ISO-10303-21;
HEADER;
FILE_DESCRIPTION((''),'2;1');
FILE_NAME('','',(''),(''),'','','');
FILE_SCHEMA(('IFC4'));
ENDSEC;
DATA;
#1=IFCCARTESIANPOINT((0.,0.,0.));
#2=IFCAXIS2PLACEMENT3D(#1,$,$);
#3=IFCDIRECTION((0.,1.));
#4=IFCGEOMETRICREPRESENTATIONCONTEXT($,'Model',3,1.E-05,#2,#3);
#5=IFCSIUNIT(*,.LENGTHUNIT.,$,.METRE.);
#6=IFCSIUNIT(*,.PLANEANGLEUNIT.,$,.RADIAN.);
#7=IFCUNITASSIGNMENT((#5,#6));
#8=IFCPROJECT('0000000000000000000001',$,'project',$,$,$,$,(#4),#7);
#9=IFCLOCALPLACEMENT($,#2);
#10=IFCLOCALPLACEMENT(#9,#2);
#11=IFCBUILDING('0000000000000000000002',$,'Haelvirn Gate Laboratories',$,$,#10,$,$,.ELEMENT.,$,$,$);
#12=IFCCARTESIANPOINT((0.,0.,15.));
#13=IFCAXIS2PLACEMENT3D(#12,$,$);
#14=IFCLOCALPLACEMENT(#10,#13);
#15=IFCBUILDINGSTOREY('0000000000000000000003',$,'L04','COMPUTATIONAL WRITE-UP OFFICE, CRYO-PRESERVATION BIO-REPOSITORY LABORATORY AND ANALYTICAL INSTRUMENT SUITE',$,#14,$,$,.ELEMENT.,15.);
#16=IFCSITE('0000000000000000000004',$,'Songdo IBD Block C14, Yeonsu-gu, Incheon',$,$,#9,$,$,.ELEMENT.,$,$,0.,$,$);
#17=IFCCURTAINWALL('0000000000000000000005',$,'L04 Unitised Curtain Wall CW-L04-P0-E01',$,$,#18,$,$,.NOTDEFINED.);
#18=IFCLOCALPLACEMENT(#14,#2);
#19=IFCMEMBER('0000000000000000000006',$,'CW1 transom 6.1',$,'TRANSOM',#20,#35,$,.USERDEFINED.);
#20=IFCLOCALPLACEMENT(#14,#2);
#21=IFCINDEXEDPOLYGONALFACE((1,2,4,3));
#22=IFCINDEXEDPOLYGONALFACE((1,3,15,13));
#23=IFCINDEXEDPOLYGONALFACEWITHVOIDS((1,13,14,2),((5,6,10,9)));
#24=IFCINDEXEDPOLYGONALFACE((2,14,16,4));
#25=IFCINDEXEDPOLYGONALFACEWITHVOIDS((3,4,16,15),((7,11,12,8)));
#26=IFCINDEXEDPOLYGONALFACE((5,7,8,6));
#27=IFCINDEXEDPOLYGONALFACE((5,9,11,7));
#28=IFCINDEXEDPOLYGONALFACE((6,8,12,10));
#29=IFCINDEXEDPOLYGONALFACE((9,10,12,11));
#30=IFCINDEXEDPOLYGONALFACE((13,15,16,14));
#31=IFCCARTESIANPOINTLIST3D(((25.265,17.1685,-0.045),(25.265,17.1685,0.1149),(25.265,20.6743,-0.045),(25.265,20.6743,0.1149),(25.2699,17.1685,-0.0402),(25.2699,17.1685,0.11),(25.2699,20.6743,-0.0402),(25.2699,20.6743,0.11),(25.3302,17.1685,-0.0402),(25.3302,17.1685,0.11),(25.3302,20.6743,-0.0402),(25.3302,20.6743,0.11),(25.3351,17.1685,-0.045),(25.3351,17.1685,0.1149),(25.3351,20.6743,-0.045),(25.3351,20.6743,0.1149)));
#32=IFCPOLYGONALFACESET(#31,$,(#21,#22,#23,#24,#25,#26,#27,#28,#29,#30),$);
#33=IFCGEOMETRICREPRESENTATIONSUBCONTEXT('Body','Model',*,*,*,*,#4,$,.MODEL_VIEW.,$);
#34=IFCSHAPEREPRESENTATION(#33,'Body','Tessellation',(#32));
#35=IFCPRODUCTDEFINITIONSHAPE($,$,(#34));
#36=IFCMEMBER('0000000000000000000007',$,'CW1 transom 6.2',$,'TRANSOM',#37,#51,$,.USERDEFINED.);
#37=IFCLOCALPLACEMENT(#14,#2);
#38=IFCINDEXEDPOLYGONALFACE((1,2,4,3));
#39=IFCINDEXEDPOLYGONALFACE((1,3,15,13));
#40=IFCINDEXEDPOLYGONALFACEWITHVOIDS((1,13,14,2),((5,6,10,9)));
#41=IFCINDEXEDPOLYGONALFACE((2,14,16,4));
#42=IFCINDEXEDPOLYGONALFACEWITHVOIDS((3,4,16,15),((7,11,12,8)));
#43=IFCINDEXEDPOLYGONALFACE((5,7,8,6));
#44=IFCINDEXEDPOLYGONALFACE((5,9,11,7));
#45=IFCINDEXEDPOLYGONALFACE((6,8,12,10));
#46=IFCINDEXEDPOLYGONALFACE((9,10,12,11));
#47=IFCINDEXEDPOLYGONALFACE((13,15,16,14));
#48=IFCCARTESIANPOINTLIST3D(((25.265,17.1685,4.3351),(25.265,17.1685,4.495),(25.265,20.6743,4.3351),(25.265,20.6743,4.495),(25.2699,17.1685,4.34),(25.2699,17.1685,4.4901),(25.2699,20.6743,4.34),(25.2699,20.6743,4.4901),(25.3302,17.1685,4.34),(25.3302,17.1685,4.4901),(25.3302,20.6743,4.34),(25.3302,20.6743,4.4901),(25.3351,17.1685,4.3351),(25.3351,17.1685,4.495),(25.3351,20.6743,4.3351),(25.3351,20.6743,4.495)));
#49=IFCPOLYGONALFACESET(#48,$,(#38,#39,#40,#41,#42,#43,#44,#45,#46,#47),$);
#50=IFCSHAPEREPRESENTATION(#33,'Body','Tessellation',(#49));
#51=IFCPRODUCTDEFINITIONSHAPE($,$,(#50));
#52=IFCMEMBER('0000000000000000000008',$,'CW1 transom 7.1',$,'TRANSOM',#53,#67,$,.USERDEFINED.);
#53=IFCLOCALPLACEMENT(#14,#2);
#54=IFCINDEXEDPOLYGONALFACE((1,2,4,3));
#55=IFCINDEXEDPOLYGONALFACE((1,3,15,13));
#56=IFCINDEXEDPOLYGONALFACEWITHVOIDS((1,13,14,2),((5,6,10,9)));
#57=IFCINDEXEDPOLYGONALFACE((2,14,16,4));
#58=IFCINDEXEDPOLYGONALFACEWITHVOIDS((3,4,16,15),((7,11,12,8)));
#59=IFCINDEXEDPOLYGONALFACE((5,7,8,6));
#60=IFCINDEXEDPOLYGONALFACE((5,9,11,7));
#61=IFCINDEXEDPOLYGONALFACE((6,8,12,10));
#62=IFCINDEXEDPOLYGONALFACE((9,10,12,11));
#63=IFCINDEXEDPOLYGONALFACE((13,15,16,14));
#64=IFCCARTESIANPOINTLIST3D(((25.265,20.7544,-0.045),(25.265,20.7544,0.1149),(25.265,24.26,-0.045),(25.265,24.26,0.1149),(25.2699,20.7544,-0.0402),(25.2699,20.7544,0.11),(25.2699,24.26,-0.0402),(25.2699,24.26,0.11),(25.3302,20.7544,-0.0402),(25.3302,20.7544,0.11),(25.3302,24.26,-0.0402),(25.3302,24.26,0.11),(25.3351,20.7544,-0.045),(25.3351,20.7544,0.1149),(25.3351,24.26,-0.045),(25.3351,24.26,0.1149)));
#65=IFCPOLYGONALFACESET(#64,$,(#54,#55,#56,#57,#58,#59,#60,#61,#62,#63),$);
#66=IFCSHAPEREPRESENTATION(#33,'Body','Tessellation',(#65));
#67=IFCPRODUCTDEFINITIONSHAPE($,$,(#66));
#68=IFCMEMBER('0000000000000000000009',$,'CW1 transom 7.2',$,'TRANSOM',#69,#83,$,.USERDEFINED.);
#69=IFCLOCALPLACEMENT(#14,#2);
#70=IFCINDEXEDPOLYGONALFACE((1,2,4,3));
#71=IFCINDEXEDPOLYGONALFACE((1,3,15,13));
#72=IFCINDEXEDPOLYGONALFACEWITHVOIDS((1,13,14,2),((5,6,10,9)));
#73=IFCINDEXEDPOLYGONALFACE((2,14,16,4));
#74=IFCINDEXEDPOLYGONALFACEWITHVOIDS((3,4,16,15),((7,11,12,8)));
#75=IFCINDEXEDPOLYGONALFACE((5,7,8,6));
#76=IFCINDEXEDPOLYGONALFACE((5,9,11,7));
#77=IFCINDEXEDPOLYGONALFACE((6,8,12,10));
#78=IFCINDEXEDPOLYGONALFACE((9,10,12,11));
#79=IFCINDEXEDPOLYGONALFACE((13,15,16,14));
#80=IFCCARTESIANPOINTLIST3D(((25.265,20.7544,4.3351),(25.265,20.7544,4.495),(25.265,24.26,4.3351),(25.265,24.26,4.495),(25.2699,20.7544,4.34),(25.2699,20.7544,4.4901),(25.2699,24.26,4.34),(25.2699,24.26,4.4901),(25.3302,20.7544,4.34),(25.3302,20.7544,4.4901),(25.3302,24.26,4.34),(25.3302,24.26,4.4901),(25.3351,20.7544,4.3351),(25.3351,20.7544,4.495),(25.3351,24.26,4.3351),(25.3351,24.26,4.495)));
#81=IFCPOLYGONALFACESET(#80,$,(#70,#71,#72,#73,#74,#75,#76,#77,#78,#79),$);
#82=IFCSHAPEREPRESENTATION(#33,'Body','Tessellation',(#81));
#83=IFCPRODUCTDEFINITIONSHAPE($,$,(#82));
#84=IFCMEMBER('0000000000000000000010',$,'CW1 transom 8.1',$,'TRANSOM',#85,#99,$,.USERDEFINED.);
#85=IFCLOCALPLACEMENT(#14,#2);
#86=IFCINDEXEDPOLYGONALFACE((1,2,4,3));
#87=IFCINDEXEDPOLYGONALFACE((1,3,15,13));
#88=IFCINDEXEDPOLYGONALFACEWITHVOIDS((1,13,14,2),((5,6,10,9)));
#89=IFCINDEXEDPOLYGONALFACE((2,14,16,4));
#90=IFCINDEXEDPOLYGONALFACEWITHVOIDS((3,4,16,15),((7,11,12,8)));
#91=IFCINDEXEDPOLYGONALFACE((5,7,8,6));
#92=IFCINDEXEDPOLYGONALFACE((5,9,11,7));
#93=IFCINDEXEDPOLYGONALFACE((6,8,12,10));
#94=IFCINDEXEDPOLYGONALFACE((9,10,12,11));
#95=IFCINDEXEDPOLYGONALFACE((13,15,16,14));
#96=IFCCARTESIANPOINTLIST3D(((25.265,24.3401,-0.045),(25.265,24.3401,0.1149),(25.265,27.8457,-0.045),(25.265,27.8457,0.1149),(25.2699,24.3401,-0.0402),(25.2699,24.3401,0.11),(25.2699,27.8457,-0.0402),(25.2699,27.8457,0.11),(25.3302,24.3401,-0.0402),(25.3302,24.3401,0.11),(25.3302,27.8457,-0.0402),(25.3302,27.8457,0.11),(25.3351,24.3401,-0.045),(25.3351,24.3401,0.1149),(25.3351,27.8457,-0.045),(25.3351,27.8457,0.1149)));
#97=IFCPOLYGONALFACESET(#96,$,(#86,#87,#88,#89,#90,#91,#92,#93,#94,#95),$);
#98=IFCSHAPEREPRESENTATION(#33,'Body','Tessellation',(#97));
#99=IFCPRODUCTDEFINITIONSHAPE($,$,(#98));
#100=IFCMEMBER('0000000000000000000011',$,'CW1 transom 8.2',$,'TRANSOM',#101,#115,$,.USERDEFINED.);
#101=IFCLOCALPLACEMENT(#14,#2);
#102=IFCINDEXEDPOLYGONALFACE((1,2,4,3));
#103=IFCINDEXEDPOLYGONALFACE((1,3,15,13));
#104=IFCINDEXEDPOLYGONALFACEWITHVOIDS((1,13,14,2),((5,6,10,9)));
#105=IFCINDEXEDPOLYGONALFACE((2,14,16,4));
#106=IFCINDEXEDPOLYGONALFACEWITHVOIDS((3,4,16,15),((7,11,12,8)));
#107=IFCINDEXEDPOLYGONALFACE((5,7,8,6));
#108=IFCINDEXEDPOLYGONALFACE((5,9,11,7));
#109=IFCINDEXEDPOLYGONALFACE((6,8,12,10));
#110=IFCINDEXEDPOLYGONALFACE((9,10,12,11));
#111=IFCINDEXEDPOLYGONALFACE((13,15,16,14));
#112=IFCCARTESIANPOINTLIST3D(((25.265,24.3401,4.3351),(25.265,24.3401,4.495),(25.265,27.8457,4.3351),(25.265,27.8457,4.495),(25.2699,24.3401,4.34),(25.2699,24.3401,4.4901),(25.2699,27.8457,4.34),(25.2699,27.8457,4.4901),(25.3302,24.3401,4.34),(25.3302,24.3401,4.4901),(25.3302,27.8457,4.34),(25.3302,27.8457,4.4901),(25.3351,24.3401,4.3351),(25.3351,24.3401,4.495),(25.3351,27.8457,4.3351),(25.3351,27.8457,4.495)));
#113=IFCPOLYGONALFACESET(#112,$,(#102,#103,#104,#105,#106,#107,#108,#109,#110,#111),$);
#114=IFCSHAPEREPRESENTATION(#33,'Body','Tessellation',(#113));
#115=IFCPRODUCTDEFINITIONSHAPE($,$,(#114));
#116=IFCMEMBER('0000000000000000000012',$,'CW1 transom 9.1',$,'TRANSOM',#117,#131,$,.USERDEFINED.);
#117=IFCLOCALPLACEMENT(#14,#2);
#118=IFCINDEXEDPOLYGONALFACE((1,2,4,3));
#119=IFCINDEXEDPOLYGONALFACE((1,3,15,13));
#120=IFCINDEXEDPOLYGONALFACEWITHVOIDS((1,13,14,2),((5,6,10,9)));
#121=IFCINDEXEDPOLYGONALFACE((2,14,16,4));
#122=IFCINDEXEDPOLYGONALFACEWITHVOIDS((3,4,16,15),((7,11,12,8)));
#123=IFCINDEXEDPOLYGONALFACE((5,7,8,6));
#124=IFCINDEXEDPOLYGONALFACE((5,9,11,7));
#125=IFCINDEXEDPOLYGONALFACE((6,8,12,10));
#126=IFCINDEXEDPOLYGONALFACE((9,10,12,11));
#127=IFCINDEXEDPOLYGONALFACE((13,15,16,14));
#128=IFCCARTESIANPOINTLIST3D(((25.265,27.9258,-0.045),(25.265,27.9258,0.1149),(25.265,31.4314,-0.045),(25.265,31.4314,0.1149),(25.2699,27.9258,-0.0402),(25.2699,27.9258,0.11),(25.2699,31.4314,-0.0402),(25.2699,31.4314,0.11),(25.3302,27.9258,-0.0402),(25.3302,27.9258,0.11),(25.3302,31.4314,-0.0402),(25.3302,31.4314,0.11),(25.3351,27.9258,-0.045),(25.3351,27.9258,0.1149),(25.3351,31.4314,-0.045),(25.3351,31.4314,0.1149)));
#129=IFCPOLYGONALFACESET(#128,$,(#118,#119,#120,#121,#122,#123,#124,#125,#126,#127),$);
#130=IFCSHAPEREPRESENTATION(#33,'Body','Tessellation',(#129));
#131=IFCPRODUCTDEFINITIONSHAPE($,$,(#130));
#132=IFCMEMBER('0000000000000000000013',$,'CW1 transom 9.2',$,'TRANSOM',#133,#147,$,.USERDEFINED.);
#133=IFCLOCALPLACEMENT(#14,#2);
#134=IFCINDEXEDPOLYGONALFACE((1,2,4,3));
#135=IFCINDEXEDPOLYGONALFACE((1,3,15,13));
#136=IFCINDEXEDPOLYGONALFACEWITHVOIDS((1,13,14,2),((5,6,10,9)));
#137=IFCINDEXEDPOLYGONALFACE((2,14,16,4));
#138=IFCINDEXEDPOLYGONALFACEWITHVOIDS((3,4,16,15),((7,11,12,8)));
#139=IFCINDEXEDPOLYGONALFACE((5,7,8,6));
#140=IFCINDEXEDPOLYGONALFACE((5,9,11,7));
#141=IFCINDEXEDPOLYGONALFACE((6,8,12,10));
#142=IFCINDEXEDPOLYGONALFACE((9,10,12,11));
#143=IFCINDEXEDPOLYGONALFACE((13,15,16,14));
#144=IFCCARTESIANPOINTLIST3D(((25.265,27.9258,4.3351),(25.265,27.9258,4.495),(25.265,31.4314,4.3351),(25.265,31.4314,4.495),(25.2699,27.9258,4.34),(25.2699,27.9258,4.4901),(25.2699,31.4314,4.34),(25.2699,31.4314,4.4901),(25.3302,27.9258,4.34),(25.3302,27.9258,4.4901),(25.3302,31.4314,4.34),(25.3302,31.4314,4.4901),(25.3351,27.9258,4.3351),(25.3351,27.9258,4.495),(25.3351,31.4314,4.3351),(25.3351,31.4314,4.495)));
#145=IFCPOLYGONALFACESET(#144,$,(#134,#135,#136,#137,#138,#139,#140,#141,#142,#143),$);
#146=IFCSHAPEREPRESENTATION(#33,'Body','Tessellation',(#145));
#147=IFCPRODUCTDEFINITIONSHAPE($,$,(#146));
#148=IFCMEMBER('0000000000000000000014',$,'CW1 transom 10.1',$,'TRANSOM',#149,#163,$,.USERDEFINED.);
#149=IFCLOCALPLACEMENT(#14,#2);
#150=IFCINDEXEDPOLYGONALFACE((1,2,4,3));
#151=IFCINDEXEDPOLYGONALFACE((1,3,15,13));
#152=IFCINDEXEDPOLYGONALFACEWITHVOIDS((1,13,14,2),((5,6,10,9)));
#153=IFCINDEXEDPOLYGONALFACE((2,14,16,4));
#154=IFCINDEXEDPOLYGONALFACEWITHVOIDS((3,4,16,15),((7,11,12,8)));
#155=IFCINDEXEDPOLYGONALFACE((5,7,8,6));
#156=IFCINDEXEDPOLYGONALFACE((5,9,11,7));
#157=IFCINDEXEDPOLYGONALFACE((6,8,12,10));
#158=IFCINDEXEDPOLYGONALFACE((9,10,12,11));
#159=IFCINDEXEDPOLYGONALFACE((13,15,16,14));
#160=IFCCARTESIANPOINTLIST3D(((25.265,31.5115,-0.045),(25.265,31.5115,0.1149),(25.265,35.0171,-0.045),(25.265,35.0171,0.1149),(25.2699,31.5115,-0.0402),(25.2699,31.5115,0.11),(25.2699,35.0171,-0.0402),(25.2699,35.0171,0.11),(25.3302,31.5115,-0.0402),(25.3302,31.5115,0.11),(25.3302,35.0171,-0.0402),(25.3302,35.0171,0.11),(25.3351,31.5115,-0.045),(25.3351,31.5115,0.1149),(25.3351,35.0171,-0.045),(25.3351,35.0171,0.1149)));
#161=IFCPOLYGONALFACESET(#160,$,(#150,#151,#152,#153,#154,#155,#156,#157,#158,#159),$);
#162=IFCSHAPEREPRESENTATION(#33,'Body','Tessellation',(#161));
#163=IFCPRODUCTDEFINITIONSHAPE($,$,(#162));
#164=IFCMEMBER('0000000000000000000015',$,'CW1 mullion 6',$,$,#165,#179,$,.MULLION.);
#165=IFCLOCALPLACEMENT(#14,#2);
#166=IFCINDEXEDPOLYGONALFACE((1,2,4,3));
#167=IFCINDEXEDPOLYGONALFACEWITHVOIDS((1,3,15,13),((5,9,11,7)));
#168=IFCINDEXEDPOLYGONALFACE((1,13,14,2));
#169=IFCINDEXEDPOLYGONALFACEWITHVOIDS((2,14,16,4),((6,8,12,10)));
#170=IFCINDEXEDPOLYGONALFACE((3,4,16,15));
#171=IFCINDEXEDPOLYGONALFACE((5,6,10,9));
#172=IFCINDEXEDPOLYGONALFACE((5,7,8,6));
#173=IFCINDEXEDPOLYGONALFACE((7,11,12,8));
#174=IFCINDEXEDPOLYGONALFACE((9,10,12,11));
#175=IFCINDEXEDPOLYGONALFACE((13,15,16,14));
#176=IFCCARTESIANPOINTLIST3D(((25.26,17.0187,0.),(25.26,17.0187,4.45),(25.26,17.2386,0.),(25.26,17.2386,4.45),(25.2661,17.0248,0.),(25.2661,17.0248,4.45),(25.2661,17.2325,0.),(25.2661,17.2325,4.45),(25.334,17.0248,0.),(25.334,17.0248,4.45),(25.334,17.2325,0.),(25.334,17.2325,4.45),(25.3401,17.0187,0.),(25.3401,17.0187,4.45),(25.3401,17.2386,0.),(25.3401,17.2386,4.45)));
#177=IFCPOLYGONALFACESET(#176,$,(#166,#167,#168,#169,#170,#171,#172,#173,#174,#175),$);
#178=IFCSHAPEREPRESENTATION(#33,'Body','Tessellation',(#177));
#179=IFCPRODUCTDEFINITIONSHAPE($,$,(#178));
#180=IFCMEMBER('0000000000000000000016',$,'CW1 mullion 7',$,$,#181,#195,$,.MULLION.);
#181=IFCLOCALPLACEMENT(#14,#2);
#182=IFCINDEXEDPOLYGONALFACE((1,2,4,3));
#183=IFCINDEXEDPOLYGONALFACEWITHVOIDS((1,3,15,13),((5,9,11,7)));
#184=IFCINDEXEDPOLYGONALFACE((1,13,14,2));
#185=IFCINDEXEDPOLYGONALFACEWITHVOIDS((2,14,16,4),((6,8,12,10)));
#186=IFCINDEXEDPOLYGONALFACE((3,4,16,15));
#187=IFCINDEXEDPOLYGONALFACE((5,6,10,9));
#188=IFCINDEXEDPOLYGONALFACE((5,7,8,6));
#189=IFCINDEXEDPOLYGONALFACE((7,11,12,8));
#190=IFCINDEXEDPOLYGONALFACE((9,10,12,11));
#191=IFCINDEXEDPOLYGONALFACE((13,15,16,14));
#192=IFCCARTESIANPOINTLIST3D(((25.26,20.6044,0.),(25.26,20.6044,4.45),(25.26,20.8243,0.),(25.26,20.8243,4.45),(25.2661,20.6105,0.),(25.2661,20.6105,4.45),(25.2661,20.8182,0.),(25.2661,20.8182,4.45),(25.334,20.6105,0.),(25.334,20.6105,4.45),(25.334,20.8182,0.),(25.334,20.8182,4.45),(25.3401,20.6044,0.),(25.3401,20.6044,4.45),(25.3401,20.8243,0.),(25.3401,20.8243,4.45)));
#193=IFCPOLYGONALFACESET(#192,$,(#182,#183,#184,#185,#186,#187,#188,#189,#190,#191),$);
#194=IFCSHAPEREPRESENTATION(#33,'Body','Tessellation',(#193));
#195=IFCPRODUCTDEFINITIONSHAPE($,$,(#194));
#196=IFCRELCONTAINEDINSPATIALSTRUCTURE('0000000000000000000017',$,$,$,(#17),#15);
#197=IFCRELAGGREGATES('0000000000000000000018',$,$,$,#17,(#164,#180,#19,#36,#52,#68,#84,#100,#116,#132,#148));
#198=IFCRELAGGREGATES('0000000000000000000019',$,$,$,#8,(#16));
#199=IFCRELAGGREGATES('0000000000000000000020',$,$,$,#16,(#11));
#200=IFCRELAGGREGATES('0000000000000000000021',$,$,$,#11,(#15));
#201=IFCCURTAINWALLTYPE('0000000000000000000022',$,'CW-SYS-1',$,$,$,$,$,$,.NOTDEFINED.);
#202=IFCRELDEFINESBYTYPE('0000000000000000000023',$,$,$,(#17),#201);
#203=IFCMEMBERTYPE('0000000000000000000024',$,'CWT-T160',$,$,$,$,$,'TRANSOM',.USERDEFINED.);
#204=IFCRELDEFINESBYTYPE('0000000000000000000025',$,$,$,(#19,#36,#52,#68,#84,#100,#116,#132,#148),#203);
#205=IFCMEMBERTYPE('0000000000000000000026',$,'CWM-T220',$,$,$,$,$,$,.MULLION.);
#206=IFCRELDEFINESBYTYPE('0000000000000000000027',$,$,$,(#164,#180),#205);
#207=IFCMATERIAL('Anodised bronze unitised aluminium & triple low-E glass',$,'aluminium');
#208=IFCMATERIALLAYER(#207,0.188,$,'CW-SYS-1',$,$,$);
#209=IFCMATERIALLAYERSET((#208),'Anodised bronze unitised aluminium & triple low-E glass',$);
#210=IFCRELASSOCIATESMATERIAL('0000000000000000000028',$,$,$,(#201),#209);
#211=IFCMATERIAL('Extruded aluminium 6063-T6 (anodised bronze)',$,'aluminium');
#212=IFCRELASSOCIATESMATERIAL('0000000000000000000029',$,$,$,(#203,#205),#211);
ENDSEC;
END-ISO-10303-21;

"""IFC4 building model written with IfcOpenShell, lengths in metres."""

from ifc_helpers import new_model, si_unit, direction, frame, origin, origin_2d, place, context, subcontext, project, spatial, hollow_rectangle, extrude, source, transform, mapped, material, layer, layer_set, material_profile, profile_set, type_object, type_shapes, element, aggregate, save


model = new_model("IFC4")

# Units and contexts
model_context = context("Model", 3, precision=1e-05, world=origin(), true_north=direction((0.0, 1.0)))
body_context = subcontext(model_context, "Body", "Model", "MODEL_VIEW")
ifc_project = project(units=[si_unit("LENGTHUNIT", "METRE"), si_unit("PLANEANGLEUNIT", "RADIAN")], contexts=[model_context])

# Site, building, storey
site_placement = place(None, origin())
site = spatial("IfcSite", under=ifc_project, at=site_placement, Name="Songdo IBD Block C14, Yeonsu-gu, Incheon", CompositionType="ELEMENT", RefElevation=0.0)
building_placement = place(site_placement, origin())
building = spatial("IfcBuilding", under=site, at=building_placement, Name="Haelvirn Gate Laboratories", CompositionType="ELEMENT")
storey_placement = place(building_placement, frame((0.0, 0.0, 15.0)))
storey = spatial("IfcBuildingStorey", under=building, at=storey_placement, Name="L04", Description="COMPUTATIONAL WRITE-UP OFFICE, CRYO-PRESERVATION BIO-REPOSITORY LABORATORY AND ANALYTICAL INSTRUMENT SUITE", CompositionType="ELEMENT", Elevation=15.0)

# Curtain wall, members
ifc_material_1 = material(Name="Anodised bronze unitised aluminium & triple low-E glass", Category="aluminium")
ifc_layer_1 = layer(ifc_material_1, 0.188, Name="CW-SYS-1")
ifc_layer_set_1 = layer_set([ifc_layer_1], Name="Anodised bronze unitised aluminium & triple low-E glass")
curtain_wall_type = type_object("IfcCurtainWallType", Name="CW-SYS-1", PredefinedType="NOTDEFINED", material=ifc_layer_set_1)
curtain_wall_placement = place(storey_placement, origin())
curtain_wall = element("IfcCurtainWall", 1, at=curtain_wall_placement, inside=storey, type_object=curtain_wall_type, Name="L04 Unitised Curtain Wall CW-L04-P0-E01", PredefinedType="NOTDEFINED")
ifc_material_2 = material(Name="Extruded aluminium 6063-T6 (anodised bronze)", Category="aluminium")
ifc_material_profile_1 = material_profile(ifc_material_2, hollow_rectangle(XDim=0.0701, YDim=0.1599, WallThickness=0.0049, at=origin_2d()), Name="CWT-160x70x5")
ifc_profile_set_1 = profile_set([ifc_material_profile_1], Name="Extruded aluminium 6063-T6 (anodised bronze)")
member_type_1 = type_object("IfcMemberType", Name="CWT-T160", ElementType="TRANSOM", PredefinedType="USERDEFINED", material=ifc_profile_set_1)
shared_shape_1 = source(origin(), body_context, "Body", "SweptSolid", [
    extrude(hollow_rectangle(XDim=0.0701, YDim=0.1599, WallThickness=0.0049, at=origin_2d()), origin(), (0.0, 0.0, 1.0), 3.5059),
])
member_1_placement = place(storey_placement, frame((25.3, 17.1685, 0.0349), z_axis=(0.0, 1.0, 0.0), x_axis=(-1.0, 0.0, 0.0)))
member_1 = element("IfcMember", 2, at=member_1_placement, type_object=member_type_1, Name="CW1 transom 6.1", ObjectType="TRANSOM", PredefinedType="USERDEFINED", context=body_context, shape_type="MappedRepresentation", body=[
    mapped(shared_shape_1, transform((0.0, 0.0, 0.0), scale=1.0)),
])
member_2_placement = place(storey_placement, frame((25.3, 17.1685, 4.415), z_axis=(0.0, 1.0, 0.0), x_axis=(-1.0, 0.0, 0.0)))
member_2 = element("IfcMember", 3, at=member_2_placement, type_object=member_type_1, Name="CW1 transom 6.2", ObjectType="TRANSOM", PredefinedType="USERDEFINED", context=body_context, shape_type="MappedRepresentation", body=[
    mapped(shared_shape_1, transform((0.0, 0.0, 0.0), scale=1.0)),
])
shared_shape_2 = source(origin(), body_context, "Body", "SweptSolid", [
    extrude(hollow_rectangle(XDim=0.0701, YDim=0.1599, WallThickness=0.0049, at=origin_2d()), origin(), (0.0, 0.0, 1.0), 3.5056),
])
type_shapes(member_type_1, [shared_shape_1, shared_shape_2])
member_3_placement = place(storey_placement, frame((25.3, 20.7544, 0.0349), z_axis=(0.0, 1.0, 0.0), x_axis=(-1.0, 0.0, 0.0)))
member_3 = element("IfcMember", 4, at=member_3_placement, type_object=member_type_1, Name="CW1 transom 7.1", ObjectType="TRANSOM", PredefinedType="USERDEFINED", context=body_context, shape_type="MappedRepresentation", body=[
    mapped(shared_shape_2, transform((0.0, 0.0, 0.0), scale=1.0)),
])
member_4_placement = place(storey_placement, frame((25.3, 20.7544, 4.415), z_axis=(0.0, 1.0, 0.0), x_axis=(-1.0, 0.0, 0.0)))
member_4 = element("IfcMember", 5, at=member_4_placement, type_object=member_type_1, Name="CW1 transom 7.2", ObjectType="TRANSOM", PredefinedType="USERDEFINED", context=body_context, shape_type="MappedRepresentation", body=[
    mapped(shared_shape_2, transform((0.0, 0.0, 0.0), scale=1.0)),
])
member_5_placement = place(storey_placement, frame((25.3, 24.3401, 0.0349), z_axis=(0.0, 1.0, 0.0), x_axis=(-1.0, 0.0, 0.0)))
member_5 = element("IfcMember", 6, at=member_5_placement, type_object=member_type_1, Name="CW1 transom 8.1", ObjectType="TRANSOM", PredefinedType="USERDEFINED", context=body_context, shape_type="MappedRepresentation", body=[
    mapped(shared_shape_2, transform((0.0, 0.0, 0.0), scale=1.0)),
])
member_6_placement = place(storey_placement, frame((25.3, 24.3401, 4.415), z_axis=(0.0, 1.0, 0.0), x_axis=(-1.0, 0.0, 0.0)))
member_6 = element("IfcMember", 7, at=member_6_placement, type_object=member_type_1, Name="CW1 transom 8.2", ObjectType="TRANSOM", PredefinedType="USERDEFINED", context=body_context, shape_type="MappedRepresentation", body=[
    mapped(shared_shape_2, transform((0.0, 0.0, 0.0), scale=1.0)),
])
member_7_placement = place(storey_placement, frame((25.3, 27.9258, 0.0349), z_axis=(0.0, 1.0, 0.0), x_axis=(-1.0, 0.0, 0.0)))
member_7 = element("IfcMember", 8, at=member_7_placement, type_object=member_type_1, Name="CW1 transom 9.1", ObjectType="TRANSOM", PredefinedType="USERDEFINED", context=body_context, shape_type="MappedRepresentation", body=[
    mapped(shared_shape_2, transform((0.0, 0.0, 0.0), scale=1.0)),
])
member_8_placement = place(storey_placement, frame((25.3, 27.9258, 4.415), z_axis=(0.0, 1.0, 0.0), x_axis=(-1.0, 0.0, 0.0)))
member_8 = element("IfcMember", 9, at=member_8_placement, type_object=member_type_1, Name="CW1 transom 9.2", ObjectType="TRANSOM", PredefinedType="USERDEFINED", context=body_context, shape_type="MappedRepresentation", body=[
    mapped(shared_shape_2, transform((0.0, 0.0, 0.0), scale=1.0)),
])
member_9_placement = place(storey_placement, frame((25.3, 31.5115, 0.0349), z_axis=(0.0, 1.0, 0.0), x_axis=(-1.0, 0.0, 0.0)))
member_9 = element("IfcMember", 10, at=member_9_placement, type_object=member_type_1, Name="CW1 transom 10.1", ObjectType="TRANSOM", PredefinedType="USERDEFINED", context=body_context, shape_type="MappedRepresentation", body=[
    mapped(shared_shape_2, transform((0.0, 0.0, 0.0), scale=1.0)),
])
ifc_material_profile_2 = material_profile(ifc_material_2, hollow_rectangle(XDim=0.0801, YDim=0.22, WallThickness=0.0061, at=origin_2d()), Name="CWM-220x80x6")
ifc_profile_set_2 = profile_set([ifc_material_profile_2], Name="Extruded aluminium 6063-T6 (anodised bronze)")
member_type_2 = type_object("IfcMemberType", Name="CWM-T220", PredefinedType="MULLION", material=ifc_profile_set_2)
shared_shape_3 = source(origin(), body_context, "Body", "SweptSolid", [
    extrude(hollow_rectangle(XDim=0.0801, YDim=0.22, WallThickness=0.0061, at=origin_2d()), origin(), (0.0, 0.0, 1.0), 4.45),
])
type_shapes(member_type_2, [shared_shape_3])
member_10_placement = place(storey_placement, frame((25.3, 17.1287, 0.0), z_axis=(0.0, 0.0, 1.0), x_axis=(-1.0, 0.0, 0.0)))
member_10 = element("IfcMember", 11, at=member_10_placement, type_object=member_type_2, Name="CW1 mullion 6", PredefinedType="MULLION", context=body_context, shape_type="MappedRepresentation", body=[
    mapped(shared_shape_3, transform((0.0, 0.0, 0.0), scale=1.0)),
])
member_11_placement = place(storey_placement, frame((25.3, 20.7144, 0.0), z_axis=(0.0, 0.0, 1.0), x_axis=(-1.0, 0.0, 0.0)))
member_11 = element("IfcMember", 12, at=member_11_placement, type_object=member_type_2, Name="CW1 mullion 7", PredefinedType="MULLION", context=body_context, shape_type="MappedRepresentation", body=[
    mapped(shared_shape_3, transform((0.0, 0.0, 0.0), scale=1.0)),
])
aggregate(curtain_wall, [member_10, member_11, member_1, member_2, member_3, member_4, member_5, member_6, member_7, member_8, member_9])

save(model, "model.ifc")
